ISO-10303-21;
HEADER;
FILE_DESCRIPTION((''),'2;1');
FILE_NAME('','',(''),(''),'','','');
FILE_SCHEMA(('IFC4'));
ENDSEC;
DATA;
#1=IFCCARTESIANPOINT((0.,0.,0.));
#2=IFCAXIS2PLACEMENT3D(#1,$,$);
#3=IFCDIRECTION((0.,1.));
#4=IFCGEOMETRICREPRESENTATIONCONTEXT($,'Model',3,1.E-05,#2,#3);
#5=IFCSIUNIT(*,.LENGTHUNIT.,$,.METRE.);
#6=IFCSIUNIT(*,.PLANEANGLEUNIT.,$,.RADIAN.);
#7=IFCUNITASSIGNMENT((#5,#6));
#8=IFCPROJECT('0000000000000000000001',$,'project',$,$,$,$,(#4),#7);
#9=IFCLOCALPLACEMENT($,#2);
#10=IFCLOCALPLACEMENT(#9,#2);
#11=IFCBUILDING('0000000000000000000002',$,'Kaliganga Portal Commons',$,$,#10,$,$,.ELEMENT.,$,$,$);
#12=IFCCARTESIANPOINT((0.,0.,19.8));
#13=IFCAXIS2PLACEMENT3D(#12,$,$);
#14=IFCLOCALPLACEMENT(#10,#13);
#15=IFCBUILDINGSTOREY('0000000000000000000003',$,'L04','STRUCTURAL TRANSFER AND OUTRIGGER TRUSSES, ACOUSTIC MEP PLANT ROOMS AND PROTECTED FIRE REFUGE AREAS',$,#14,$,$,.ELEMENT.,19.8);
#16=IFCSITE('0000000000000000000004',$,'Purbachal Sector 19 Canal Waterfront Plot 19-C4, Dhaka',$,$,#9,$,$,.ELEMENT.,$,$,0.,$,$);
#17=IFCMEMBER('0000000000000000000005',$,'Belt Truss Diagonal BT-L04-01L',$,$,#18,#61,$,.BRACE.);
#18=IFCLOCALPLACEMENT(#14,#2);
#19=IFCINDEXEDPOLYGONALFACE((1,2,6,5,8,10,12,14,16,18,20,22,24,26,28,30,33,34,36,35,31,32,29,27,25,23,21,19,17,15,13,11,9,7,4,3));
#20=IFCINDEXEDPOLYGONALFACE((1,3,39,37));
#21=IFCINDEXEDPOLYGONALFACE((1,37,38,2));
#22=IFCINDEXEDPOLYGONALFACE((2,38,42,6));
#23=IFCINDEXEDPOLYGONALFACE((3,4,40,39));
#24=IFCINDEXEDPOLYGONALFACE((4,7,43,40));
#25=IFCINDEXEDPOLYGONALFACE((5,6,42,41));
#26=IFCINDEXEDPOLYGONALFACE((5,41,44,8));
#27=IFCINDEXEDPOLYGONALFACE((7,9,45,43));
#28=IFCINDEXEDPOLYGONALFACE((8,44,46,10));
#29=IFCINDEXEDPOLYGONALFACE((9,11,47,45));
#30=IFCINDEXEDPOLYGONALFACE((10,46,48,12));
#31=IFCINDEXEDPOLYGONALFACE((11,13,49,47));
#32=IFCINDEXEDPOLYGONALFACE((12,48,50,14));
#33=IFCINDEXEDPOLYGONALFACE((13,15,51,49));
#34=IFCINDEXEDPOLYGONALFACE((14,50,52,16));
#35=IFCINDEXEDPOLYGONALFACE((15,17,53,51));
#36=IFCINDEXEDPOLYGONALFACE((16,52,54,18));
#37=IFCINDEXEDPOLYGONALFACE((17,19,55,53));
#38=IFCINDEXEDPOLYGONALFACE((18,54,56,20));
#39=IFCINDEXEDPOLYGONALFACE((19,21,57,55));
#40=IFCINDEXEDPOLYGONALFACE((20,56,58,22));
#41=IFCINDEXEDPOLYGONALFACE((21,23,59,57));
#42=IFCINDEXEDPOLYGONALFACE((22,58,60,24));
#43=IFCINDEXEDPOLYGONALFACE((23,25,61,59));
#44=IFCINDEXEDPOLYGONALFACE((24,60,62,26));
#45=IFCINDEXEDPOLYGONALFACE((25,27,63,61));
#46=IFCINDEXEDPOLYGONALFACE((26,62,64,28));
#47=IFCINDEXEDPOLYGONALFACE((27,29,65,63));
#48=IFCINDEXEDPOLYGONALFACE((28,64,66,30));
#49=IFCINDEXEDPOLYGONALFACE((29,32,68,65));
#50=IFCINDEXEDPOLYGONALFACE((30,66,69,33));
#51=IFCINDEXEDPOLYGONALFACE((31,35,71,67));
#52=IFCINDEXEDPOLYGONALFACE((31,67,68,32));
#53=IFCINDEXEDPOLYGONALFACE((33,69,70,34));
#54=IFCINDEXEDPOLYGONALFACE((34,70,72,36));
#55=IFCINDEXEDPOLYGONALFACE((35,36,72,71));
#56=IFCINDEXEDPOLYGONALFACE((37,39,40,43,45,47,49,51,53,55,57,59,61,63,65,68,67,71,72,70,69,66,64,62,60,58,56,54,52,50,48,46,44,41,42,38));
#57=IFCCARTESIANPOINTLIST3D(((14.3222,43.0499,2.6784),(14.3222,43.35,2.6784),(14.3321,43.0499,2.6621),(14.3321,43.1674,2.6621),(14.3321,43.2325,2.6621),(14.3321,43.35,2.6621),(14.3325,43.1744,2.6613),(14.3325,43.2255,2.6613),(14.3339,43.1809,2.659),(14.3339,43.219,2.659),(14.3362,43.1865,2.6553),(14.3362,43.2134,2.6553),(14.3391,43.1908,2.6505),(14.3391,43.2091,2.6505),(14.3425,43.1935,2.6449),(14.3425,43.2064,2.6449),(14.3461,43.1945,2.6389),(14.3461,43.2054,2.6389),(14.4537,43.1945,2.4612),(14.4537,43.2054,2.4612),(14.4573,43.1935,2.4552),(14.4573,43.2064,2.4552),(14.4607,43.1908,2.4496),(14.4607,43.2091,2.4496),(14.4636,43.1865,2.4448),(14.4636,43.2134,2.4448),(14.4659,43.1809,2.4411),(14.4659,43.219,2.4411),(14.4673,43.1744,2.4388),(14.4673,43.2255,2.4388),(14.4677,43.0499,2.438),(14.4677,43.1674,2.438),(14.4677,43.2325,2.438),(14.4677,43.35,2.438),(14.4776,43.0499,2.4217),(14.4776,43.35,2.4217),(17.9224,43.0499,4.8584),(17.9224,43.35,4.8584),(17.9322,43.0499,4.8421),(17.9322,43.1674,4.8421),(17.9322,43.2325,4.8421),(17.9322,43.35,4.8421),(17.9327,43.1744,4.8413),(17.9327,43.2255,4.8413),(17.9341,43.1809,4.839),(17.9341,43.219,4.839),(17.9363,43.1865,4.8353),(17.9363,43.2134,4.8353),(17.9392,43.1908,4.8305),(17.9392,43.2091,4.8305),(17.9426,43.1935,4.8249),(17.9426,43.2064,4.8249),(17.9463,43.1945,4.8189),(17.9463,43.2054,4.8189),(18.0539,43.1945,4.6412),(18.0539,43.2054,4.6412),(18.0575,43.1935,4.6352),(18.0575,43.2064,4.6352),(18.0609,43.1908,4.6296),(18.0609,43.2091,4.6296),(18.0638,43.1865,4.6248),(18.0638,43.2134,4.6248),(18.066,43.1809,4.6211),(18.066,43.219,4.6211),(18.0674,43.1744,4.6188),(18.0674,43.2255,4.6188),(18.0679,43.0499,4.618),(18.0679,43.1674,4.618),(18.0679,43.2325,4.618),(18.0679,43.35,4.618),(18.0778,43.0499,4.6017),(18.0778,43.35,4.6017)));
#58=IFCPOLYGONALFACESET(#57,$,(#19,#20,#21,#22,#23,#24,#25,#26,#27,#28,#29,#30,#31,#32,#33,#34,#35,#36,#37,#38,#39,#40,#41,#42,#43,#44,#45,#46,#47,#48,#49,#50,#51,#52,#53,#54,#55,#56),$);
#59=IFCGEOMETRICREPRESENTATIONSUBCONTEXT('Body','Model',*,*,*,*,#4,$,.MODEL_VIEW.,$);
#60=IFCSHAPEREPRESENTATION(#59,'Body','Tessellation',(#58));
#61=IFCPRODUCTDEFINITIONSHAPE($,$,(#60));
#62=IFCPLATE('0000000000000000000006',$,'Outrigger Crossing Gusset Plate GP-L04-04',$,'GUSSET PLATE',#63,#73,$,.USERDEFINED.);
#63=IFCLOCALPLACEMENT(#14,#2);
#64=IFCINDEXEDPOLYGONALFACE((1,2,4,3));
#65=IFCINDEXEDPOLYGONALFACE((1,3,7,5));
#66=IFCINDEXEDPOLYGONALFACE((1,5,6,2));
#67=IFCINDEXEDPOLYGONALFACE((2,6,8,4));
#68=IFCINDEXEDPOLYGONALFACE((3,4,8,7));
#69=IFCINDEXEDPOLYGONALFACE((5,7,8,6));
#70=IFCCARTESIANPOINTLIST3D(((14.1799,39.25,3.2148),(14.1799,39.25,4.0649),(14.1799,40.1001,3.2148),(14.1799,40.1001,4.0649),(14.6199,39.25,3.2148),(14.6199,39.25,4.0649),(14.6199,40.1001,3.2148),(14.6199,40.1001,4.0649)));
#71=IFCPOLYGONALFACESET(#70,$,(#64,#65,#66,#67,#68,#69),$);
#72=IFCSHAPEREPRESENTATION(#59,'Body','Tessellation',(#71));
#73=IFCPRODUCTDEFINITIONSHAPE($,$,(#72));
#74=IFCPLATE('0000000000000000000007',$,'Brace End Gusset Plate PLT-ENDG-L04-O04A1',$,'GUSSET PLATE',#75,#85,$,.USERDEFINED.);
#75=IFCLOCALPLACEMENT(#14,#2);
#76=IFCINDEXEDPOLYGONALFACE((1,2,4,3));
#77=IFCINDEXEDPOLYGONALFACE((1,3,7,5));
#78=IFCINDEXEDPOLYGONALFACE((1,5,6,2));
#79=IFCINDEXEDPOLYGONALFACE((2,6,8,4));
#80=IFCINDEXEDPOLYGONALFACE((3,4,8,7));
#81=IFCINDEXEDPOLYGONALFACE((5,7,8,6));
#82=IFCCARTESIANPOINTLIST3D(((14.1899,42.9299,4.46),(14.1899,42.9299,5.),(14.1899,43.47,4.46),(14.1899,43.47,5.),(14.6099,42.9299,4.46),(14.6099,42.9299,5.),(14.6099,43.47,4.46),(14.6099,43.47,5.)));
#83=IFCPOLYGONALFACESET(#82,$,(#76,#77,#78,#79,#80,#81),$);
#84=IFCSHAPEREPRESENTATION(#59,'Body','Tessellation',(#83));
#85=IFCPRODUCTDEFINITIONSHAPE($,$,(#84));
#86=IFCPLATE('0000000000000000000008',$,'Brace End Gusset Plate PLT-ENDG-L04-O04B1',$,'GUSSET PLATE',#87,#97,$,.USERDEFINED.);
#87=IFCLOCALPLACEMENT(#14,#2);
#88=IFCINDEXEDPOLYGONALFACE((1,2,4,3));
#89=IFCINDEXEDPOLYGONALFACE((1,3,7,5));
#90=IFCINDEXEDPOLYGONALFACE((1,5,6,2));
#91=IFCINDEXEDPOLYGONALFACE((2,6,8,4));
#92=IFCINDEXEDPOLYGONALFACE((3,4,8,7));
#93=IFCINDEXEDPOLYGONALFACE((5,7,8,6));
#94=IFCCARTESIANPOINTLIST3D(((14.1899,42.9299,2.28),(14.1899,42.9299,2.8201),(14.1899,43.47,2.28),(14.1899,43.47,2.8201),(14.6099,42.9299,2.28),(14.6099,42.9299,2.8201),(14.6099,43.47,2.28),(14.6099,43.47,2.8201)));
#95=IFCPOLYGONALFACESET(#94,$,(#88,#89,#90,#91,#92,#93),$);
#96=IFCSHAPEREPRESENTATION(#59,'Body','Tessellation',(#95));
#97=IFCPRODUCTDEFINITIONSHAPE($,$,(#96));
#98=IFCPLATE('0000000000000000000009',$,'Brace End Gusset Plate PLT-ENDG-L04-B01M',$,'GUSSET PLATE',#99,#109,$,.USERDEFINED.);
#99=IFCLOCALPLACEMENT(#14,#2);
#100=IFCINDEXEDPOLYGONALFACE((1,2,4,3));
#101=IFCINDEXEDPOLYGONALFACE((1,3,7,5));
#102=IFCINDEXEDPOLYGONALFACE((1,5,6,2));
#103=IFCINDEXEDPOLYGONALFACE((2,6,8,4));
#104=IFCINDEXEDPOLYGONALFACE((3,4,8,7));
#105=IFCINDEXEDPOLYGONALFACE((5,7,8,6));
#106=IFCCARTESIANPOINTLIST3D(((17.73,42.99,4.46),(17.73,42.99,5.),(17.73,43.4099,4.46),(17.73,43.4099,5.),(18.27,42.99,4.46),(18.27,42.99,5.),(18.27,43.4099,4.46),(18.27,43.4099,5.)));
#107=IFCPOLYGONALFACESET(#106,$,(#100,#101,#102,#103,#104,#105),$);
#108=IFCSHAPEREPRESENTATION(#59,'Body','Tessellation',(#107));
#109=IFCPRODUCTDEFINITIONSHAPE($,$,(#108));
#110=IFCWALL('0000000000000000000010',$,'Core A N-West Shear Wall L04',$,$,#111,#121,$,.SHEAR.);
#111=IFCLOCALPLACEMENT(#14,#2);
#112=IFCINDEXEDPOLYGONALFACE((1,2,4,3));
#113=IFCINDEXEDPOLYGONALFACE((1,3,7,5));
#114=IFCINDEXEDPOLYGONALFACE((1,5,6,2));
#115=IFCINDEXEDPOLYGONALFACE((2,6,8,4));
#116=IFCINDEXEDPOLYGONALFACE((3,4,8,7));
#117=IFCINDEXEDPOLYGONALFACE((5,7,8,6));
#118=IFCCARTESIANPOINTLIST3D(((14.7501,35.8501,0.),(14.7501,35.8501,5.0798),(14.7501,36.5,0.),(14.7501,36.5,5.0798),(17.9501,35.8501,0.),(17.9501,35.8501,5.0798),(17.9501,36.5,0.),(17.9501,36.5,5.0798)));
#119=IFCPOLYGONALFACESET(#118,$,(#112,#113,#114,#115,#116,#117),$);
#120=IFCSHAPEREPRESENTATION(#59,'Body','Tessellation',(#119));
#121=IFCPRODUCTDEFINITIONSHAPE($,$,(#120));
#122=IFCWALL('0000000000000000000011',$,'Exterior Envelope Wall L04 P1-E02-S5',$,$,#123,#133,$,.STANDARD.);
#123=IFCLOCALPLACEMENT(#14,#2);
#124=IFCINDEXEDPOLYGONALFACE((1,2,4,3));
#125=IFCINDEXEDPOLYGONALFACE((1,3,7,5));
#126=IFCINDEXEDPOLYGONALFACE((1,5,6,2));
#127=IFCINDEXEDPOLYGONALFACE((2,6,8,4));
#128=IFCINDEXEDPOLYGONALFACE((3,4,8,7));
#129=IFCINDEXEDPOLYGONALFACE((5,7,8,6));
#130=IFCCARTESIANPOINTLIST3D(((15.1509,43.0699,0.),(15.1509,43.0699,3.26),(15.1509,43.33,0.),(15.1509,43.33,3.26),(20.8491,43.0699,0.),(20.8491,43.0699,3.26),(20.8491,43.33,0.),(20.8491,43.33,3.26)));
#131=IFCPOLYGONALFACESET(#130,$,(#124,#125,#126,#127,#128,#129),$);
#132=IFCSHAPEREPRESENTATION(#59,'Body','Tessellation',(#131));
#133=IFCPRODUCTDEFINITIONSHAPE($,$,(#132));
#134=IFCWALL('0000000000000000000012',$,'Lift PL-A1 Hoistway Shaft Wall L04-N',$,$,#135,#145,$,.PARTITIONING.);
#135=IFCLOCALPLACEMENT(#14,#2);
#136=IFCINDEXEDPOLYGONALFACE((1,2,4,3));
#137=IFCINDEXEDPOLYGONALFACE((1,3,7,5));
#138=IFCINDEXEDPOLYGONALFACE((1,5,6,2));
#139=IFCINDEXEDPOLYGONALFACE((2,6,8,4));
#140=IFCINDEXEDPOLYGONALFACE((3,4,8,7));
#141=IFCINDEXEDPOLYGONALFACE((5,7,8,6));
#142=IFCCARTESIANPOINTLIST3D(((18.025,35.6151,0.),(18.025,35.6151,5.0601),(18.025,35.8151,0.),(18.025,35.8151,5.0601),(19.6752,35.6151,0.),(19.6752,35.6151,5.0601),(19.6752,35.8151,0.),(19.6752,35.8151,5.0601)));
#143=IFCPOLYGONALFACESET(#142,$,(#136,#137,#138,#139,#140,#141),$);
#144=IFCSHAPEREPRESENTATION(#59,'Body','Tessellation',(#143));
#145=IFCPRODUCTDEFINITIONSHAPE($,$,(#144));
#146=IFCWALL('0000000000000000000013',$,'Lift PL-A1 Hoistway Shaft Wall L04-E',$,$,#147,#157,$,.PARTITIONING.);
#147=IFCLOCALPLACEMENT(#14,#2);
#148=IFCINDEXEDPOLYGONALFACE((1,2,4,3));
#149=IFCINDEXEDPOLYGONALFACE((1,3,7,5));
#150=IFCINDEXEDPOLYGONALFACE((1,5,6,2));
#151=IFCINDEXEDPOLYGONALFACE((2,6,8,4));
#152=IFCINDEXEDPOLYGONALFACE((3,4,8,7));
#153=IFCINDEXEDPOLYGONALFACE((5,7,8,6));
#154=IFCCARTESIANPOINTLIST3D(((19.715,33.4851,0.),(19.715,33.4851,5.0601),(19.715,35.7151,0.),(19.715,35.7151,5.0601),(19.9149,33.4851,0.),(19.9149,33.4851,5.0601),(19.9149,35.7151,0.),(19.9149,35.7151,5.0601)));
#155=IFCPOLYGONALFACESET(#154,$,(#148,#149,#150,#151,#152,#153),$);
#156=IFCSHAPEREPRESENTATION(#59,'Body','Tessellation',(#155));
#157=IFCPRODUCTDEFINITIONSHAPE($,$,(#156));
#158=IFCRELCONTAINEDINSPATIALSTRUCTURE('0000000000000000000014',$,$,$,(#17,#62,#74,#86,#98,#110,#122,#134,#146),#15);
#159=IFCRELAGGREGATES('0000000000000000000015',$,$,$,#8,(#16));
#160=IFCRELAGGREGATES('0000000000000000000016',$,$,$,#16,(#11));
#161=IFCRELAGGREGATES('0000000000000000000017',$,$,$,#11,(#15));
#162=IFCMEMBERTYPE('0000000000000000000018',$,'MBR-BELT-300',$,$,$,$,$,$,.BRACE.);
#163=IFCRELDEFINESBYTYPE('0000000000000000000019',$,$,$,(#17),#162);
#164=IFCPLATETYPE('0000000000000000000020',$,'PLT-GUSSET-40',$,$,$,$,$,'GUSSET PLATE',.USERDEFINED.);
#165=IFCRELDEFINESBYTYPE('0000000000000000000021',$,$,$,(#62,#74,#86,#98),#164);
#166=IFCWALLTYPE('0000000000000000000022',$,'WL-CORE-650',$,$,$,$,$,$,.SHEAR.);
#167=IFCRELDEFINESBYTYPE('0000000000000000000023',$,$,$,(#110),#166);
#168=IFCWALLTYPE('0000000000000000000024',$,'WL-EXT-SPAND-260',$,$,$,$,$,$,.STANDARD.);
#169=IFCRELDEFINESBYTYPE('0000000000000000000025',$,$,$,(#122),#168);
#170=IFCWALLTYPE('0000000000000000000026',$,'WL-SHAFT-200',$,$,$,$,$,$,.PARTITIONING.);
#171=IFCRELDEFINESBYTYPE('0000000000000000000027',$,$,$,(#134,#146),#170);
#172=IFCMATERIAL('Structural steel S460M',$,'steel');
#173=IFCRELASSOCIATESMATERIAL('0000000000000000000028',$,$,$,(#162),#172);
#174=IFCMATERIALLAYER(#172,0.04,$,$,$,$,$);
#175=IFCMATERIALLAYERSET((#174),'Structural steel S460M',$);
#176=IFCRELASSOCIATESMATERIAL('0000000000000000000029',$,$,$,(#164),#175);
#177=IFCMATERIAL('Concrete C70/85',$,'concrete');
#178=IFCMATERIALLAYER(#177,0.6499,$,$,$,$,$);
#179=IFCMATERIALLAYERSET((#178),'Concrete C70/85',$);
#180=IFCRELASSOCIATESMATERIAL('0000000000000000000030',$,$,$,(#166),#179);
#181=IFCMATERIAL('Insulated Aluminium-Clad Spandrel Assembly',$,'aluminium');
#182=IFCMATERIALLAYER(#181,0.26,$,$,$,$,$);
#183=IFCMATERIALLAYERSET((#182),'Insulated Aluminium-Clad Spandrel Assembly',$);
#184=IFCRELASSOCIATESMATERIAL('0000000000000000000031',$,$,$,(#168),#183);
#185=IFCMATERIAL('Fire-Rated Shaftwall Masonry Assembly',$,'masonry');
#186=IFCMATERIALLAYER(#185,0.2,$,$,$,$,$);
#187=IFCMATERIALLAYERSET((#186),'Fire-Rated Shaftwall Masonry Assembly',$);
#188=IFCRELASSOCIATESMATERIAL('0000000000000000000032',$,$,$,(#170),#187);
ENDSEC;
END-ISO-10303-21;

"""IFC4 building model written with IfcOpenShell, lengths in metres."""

from ifc_helpers import new_model, si_unit, direction, frame, frame_2d, origin, origin_2d, place, context, subcontext, project, spatial, rectangle, i_section, extrude, source, transform, mapped, material, layer, layer_set, material_profile, profile_set, type_object, element, save


model = new_model("IFC4")

# Units and contexts
model_context = context("Model", 3, precision=1e-05, world=origin(), true_north=direction((0.0, 1.0)))
body_context = subcontext(model_context, "Body", "Model", "MODEL_VIEW")
ifc_project = project(units=[si_unit("LENGTHUNIT", "METRE"), si_unit("PLANEANGLEUNIT", "RADIAN")], contexts=[model_context])

# Site, building, storey
site_placement = place(None, origin())
site = spatial("IfcSite", under=ifc_project, at=site_placement, Name="Purbachal Sector 19 Canal Waterfront Plot 19-C4, Dhaka", CompositionType="ELEMENT", RefElevation=0.0)
building_placement = place(site_placement, origin())
building = spatial("IfcBuilding", under=site, at=building_placement, Name="Kaliganga Portal Commons", CompositionType="ELEMENT")
storey_placement = place(building_placement, frame((0.0, 0.0, 19.8)))
storey = spatial("IfcBuildingStorey", under=building, at=storey_placement, Name="L04", Description="STRUCTURAL TRANSFER AND OUTRIGGER TRUSSES, ACOUSTIC MEP PLANT ROOMS AND PROTECTED FIRE REFUGE AREAS", CompositionType="ELEMENT", Elevation=19.8)

# Shared definitions
ifc_material_1 = material(Name="Concrete C70/85", Category="concrete")

# Member
ifc_material_2 = material(Name="Structural steel S460M", Category="steel")
ifc_material_profile_1 = material_profile(ifc_material_2, i_section(OverallWidth=0.3, OverallDepth=0.3, WebThickness=0.011, FlangeThickness=0.019, FilletRadius=0.0271, at=origin_2d()), Name="HE 300 B")
ifc_profile_set_1 = profile_set([ifc_material_profile_1], Name="Structural steel S460M wide-flange")
member_type_1 = type_object("IfcMemberType", Name="MBR-BELT-300", PredefinedType="BRACE", material=ifc_profile_set_1)
shared_shape_1 = source(origin(), body_context, "Body", "SweptSolid", [
    extrude(i_section(OverallWidth=0.3, OverallDepth=0.3, WebThickness=0.011, FlangeThickness=0.019, FilletRadius=0.0271, at=origin_2d()), origin(), (0.0, 0.0, 1.0), 4.2087),
])
member_1_placement = place(storey_placement, frame((14.3999, 43.2, 2.55), z_axis=(0.855403, 0.0, 0.517964), x_axis=(0.0, 1.0, 0.0)))
element("IfcMember", 1, at=member_1_placement, inside=storey, type_object=member_type_1, Name="Belt Truss Diagonal BT-L04-01L", PredefinedType="BRACE", context=body_context, shape_type="MappedRepresentation", body=[
    mapped(shared_shape_1, transform((0.0, 0.0, 0.0), x_axis=(1.0, 0.0, 0.0), y_axis=(0.0, 1.0, 0.0), z_axis=(0.0, 0.0, 1.0), scale=1.0)),
])

# Plates
ifc_layer_1 = layer(ifc_material_2, 0.04)
ifc_layer_set_1 = layer_set([ifc_layer_1], Name="Structural steel S460M")
plate_type = type_object("IfcPlateType", Name="PLT-GUSSET-40", ElementType="GUSSET PLATE", PredefinedType="USERDEFINED", material=ifc_layer_set_1)
shared_shape_2 = source(origin(), body_context, "Body", "SweptSolid", [
    extrude(rectangle(XDim=0.8501, YDim=0.4399, at=origin_2d()), origin(), (0.0, 0.0, 1.0), 0.8501),
])
plate_placement = place(storey_placement, frame((14.3999, 39.675, 3.2148), z_axis=(0.0, 0.0, 1.0), x_axis=(0.0, 1.0, 0.0)))
element("IfcPlate", 2, at=plate_placement, inside=storey, type_object=plate_type, Name="Outrigger Crossing Gusset Plate GP-L04-04", ObjectType="GUSSET PLATE", PredefinedType="USERDEFINED", context=body_context, shape_type="MappedRepresentation", body=[
    mapped(shared_shape_2, transform((0.0, 0.0, 0.0), x_axis=(1.0, 0.0, 0.0), y_axis=(0.0, 1.0, 0.0), z_axis=(0.0, 0.0, 1.0), scale=1.0)),
])
shared_shape_3 = source(origin(), body_context, "Body", "SweptSolid", [
    extrude(rectangle(XDim=0.54, YDim=0.4199, at=origin_2d()), origin(), (0.0, 0.0, 1.0), 0.54),
])
for number, where, z_axis, x_axis, name in (
    (3, (14.3999, 43.2, 4.46), (0.0, 0.0, 1.0), (0.0, 1.0, 0.0), "Brace End Gusset Plate PLT-ENDG-L04-O04A1"),
    (4, (14.3999, 43.2, 2.28), (0.0, 0.0, 1.0), (0.0, 1.0, 0.0), "Brace End Gusset Plate PLT-ENDG-L04-O04B1"),
    (5, (18.0, 43.2, 4.46), (0.0, 0.0, 1.0), (1.0, 0.0, 0.0), "Brace End Gusset Plate PLT-ENDG-L04-B01M"),
):
    element("IfcPlate", number, at=place(storey_placement, frame(where, z_axis=z_axis, x_axis=x_axis)), inside=storey, type_object=plate_type, Name=name, ObjectType="GUSSET PLATE", PredefinedType="USERDEFINED", context=body_context, shape_type="MappedRepresentation", body=[
        mapped(shared_shape_3, transform((0.0, 0.0, 0.0), x_axis=(1.0, 0.0, 0.0), y_axis=(0.0, 1.0, 0.0), z_axis=(0.0, 0.0, 1.0), scale=1.0)),
    ])

# Walls
ifc_layer_2 = layer(ifc_material_1, 0.6499)
ifc_layer_set_2 = layer_set([ifc_layer_2], Name="Concrete C70/85")
wall_type_1 = type_object("IfcWallType", Name="WL-CORE-650", PredefinedType="SHEAR", material=ifc_layer_set_2)
wall_1_placement = place(storey_placement, frame((14.75, 36.175, 0.0), z_axis=(0.0, 0.0, 1.0), x_axis=(1.0, 0.0, 0.0)))
element("IfcWall", 6, at=wall_1_placement, inside=storey, type_object=wall_type_1, Name="Core A N-West Shear Wall L04", PredefinedType="SHEAR", context=body_context, shape_type="SweptSolid", body=[
    extrude(rectangle(XDim=3.2, YDim=0.6499, at=frame_2d((1.6001, 0.0))), origin(), (0.0, 0.0, 1.0), 5.0798),
])
ifc_material_3 = material(Name="Insulated Aluminium-Clad Spandrel Assembly", Category="aluminium")
ifc_layer_3 = layer(ifc_material_3, 0.26)
ifc_layer_set_3 = layer_set([ifc_layer_3], Name="Insulated Aluminium-Clad Spandrel Assembly")
wall_type_2 = type_object("IfcWallType", Name="WL-EXT-SPAND-260", PredefinedType="STANDARD", material=ifc_layer_set_3)
wall_2_placement = place(storey_placement, frame((15.1509, 43.2, 0.0), z_axis=(0.0, 0.0, 1.0), x_axis=(1.0, 0.0, 0.0)))
element("IfcWall", 7, at=wall_2_placement, inside=storey, type_object=wall_type_2, Name="Exterior Envelope Wall L04 P1-E02-S5", PredefinedType="STANDARD", context=body_context, shape_type="SweptSolid", body=[
    extrude(rectangle(XDim=5.6982, YDim=0.26, at=frame_2d((2.8491, 0.0))), origin(), (0.0, 0.0, 1.0), 3.26),
])

# Shared definitions
ifc_material_4 = material(Name="Fire-Rated Shaftwall Masonry Assembly", Category="masonry")
ifc_layer_4 = layer(ifc_material_4, 0.2)
ifc_layer_set_4 = layer_set([ifc_layer_4], Name="Fire-Rated Shaftwall Masonry Assembly")
wall_type_3 = type_object("IfcWallType", Name="WL-SHAFT-200", PredefinedType="PARTITIONING", material=ifc_layer_set_4)

# Walls
wall_3_placement = place(storey_placement, frame((18.0249, 35.7151, 0.0), z_axis=(0.0, 0.0, 1.0), x_axis=(1.0, 0.0, 0.0)))
element("IfcWall", 8, at=wall_3_placement, inside=storey, type_object=wall_type_3, Name="Lift PL-A1 Hoistway Shaft Wall L04-N", PredefinedType="PARTITIONING", context=body_context, shape_type="SweptSolid", body=[
    extrude(rectangle(XDim=1.6501, YDim=0.2, at=frame_2d((0.8252, 0.0))), origin(), (0.0, 0.0, 1.0), 5.0601),
])
wall_4_placement = place(storey_placement, frame((19.8149, 33.4851, 0.0), z_axis=(0.0, 0.0, 1.0), x_axis=(0.0, 1.0, 0.0)))
element("IfcWall", 9, at=wall_4_placement, inside=storey, type_object=wall_type_3, Name="Lift PL-A1 Hoistway Shaft Wall L04-E", PredefinedType="PARTITIONING", context=body_context, shape_type="SweptSolid", body=[
    extrude(rectangle(XDim=2.23, YDim=0.2, at=frame_2d((1.115, 0.0))), origin(), (0.0, 0.0, 1.0), 5.0601),
])

save(model, "model.ifc")
